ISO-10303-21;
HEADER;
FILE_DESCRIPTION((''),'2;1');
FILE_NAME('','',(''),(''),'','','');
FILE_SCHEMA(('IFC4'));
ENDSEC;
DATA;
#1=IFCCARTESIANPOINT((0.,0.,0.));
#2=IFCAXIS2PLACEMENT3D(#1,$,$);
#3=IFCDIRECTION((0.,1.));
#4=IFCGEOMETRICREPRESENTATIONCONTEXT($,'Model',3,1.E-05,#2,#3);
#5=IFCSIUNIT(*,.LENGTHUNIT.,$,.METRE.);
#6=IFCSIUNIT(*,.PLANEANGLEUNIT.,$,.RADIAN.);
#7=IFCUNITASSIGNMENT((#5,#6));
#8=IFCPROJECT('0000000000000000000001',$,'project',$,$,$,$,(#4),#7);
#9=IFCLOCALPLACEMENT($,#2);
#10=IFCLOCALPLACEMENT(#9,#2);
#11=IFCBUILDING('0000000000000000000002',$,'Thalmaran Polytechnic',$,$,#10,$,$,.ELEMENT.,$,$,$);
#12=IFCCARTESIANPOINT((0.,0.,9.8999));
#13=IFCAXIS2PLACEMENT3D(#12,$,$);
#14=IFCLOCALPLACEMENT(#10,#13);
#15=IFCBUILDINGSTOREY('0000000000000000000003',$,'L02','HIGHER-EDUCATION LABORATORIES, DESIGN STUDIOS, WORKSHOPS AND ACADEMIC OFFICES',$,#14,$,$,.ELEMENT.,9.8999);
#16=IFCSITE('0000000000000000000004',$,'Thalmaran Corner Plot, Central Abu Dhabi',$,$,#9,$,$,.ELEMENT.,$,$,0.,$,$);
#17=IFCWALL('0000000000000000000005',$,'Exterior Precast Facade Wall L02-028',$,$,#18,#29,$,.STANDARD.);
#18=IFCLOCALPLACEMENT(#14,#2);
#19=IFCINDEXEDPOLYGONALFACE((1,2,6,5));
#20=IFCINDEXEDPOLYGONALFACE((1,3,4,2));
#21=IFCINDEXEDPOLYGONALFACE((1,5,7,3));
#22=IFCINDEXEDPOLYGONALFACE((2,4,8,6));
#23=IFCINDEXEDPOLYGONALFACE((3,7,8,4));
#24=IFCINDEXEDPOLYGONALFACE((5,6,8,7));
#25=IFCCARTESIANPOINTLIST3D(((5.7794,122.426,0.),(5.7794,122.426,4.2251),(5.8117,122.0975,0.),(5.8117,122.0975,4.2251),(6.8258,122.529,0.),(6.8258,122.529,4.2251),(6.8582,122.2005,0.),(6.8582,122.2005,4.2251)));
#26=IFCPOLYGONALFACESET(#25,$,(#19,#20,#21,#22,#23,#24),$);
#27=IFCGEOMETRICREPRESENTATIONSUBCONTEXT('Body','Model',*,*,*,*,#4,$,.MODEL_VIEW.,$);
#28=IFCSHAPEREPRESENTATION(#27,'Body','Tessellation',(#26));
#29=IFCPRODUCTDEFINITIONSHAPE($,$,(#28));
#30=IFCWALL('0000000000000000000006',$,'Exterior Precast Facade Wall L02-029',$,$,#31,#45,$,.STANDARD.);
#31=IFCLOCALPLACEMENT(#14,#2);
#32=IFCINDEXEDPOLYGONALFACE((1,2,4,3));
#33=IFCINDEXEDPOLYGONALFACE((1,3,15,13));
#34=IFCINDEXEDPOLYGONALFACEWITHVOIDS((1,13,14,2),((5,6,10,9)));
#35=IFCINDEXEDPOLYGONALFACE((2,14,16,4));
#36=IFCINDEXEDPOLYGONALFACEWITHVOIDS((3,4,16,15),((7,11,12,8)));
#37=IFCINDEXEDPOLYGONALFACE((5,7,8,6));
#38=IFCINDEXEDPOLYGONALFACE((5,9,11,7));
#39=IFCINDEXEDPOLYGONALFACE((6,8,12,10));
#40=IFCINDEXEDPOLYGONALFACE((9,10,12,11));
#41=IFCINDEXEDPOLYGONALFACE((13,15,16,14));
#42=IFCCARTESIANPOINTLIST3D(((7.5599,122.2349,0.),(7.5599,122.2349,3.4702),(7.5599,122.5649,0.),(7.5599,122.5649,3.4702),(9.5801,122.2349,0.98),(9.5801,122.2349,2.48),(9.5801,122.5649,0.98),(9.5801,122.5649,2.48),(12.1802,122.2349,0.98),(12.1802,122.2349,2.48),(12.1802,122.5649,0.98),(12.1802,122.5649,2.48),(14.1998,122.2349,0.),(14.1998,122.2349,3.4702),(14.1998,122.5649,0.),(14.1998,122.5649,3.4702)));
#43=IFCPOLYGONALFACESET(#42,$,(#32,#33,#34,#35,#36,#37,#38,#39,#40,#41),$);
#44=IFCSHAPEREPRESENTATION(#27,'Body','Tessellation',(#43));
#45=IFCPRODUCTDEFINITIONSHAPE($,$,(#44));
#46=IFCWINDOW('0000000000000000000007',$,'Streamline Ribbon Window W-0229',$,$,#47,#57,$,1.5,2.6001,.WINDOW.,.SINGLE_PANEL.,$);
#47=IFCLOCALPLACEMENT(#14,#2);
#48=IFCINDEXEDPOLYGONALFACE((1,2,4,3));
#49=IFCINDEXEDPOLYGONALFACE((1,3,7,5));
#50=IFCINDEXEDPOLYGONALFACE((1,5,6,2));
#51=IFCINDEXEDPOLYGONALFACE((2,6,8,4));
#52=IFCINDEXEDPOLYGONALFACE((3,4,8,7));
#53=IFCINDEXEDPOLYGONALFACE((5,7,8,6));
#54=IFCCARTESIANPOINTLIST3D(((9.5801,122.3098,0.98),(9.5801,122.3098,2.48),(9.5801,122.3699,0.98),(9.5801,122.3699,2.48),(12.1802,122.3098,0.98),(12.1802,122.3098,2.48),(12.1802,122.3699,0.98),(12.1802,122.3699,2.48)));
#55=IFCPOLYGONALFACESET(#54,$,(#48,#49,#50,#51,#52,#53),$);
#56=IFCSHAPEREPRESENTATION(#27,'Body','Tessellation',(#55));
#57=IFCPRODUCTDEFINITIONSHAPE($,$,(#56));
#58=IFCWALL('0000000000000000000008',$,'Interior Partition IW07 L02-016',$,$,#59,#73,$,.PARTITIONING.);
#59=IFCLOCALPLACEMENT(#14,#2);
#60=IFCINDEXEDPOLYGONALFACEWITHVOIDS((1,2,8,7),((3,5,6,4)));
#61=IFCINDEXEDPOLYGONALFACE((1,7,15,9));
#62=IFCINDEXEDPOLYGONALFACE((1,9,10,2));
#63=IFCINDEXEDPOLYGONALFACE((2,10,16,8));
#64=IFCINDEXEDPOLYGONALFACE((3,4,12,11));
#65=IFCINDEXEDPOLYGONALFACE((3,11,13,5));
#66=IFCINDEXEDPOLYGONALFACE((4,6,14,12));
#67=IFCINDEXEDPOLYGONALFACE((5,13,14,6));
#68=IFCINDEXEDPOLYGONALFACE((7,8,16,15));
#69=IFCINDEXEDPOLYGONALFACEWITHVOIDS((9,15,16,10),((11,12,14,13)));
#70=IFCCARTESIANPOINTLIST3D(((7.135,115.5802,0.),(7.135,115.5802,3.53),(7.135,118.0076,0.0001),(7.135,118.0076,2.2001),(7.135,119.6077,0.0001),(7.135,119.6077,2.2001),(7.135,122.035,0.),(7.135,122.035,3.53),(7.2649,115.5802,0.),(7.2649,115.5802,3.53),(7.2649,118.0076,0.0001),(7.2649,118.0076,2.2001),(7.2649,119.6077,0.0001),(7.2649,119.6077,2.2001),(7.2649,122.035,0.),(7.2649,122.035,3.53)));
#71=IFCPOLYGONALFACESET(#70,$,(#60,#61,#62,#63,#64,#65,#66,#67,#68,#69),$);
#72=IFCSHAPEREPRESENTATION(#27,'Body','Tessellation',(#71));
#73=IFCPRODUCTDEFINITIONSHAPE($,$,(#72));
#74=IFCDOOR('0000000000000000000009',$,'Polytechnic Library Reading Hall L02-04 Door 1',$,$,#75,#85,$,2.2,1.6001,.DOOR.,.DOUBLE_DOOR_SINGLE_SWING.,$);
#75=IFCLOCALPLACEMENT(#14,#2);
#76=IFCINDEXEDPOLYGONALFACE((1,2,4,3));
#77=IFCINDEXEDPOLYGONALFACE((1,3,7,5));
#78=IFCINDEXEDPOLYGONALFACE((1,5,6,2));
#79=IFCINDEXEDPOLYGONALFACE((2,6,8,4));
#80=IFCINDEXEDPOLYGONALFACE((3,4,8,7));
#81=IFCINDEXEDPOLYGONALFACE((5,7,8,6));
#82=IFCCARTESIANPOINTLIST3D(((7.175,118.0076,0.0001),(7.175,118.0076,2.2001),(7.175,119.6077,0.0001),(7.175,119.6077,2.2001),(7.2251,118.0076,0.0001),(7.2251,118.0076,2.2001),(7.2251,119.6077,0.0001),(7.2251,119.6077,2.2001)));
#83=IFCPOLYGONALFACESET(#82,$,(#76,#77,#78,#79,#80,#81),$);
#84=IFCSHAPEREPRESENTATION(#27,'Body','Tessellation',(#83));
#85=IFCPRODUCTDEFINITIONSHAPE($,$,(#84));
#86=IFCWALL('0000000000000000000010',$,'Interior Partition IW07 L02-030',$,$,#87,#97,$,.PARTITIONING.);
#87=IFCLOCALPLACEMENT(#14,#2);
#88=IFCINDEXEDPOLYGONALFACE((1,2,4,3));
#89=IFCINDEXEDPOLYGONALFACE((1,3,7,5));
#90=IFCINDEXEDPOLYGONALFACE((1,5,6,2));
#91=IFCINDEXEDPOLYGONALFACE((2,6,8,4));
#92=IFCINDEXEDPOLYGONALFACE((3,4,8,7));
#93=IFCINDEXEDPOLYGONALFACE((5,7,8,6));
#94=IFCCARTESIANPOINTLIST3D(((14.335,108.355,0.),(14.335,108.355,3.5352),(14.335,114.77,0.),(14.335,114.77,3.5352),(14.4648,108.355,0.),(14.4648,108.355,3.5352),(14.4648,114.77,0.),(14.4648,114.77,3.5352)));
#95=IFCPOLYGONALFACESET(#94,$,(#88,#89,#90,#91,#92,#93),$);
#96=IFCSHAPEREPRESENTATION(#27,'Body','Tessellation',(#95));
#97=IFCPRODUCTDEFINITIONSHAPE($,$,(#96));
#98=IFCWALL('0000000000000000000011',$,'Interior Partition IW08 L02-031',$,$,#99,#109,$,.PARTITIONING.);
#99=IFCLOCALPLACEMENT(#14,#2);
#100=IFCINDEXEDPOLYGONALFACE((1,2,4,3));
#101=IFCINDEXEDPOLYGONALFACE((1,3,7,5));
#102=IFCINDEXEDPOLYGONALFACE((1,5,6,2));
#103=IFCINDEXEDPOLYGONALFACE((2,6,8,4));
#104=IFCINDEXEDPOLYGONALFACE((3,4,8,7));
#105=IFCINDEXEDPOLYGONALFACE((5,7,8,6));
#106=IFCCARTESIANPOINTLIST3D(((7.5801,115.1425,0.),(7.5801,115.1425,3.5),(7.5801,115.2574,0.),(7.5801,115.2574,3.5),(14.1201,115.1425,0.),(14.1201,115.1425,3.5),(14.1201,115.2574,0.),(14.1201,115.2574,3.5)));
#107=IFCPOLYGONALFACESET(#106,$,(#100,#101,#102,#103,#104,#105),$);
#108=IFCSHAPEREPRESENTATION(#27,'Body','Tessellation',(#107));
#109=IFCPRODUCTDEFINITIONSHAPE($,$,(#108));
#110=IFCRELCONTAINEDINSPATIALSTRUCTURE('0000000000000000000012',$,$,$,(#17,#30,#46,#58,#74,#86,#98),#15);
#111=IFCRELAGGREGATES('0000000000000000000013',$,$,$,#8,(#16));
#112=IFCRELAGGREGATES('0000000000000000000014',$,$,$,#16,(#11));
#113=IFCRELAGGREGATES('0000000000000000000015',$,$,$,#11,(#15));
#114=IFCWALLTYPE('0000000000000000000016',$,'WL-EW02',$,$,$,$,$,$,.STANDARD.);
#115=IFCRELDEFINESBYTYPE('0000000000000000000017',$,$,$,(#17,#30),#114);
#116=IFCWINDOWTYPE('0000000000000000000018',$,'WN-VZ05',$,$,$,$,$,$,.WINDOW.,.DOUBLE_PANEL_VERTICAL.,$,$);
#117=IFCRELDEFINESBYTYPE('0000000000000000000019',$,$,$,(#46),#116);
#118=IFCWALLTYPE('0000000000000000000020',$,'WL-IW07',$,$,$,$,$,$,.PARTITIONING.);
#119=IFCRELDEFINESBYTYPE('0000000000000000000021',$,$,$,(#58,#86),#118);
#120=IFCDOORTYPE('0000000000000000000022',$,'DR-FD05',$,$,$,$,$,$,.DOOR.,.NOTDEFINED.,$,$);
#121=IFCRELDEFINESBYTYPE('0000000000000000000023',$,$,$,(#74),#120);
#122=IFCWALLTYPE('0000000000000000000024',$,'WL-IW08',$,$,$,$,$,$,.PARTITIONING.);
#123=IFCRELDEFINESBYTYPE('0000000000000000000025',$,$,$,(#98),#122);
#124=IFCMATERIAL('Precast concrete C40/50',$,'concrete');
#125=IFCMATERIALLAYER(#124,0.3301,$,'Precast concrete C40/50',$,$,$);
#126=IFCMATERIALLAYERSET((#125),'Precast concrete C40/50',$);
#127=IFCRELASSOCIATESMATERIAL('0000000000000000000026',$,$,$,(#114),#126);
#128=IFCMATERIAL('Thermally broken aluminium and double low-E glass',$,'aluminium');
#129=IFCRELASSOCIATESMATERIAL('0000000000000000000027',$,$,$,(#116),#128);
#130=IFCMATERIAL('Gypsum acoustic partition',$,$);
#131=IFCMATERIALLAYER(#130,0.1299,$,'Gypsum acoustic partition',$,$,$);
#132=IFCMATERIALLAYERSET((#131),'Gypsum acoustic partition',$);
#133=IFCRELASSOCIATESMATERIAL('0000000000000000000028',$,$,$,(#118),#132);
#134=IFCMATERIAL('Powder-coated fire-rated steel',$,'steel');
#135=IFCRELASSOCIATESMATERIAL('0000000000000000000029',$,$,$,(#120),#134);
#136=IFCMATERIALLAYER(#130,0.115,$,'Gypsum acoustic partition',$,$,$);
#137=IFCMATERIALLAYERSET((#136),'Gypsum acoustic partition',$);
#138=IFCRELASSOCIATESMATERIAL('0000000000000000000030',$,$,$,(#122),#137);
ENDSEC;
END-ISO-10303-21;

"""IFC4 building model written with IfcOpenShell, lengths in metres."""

from ifc_helpers import new_model, si_unit, direction, frame, frame_2d, origin, place, context, subcontext, project, spatial, rectangle, extrude, material, layer, layer_set, type_object, element, fill, save


model = new_model("IFC4")

# Units and contexts
model_context = context("Model", 3, precision=1e-05, world=origin(), true_north=direction((0.0, 1.0)))
body_context = subcontext(model_context, "Body", "Model", "MODEL_VIEW")
ifc_project = project(units=[si_unit("LENGTHUNIT", "METRE"), si_unit("PLANEANGLEUNIT", "RADIAN")], contexts=[model_context])

# Site, building, storey
site_placement = place(None, origin())
site = spatial("IfcSite", under=ifc_project, at=site_placement, Name="Thalmaran Corner Plot, Central Abu Dhabi", CompositionType="ELEMENT", RefElevation=0.0)
building_placement = place(site_placement, origin())
building = spatial("IfcBuilding", under=site, at=building_placement, Name="Thalmaran Polytechnic", CompositionType="ELEMENT")
storey_placement = place(building_placement, frame((0.0, 0.0, 9.8999)))
storey = spatial("IfcBuildingStorey", under=building, at=storey_placement, Name="L02", Description="HIGHER-EDUCATION LABORATORIES, DESIGN STUDIOS, WORKSHOPS AND ACADEMIC OFFICES", CompositionType="ELEMENT", Elevation=9.8999)

# Wall
ifc_material_1 = material(Name="Precast concrete C40/50", Category="concrete")
ifc_layer_1 = layer(ifc_material_1, 0.3301, Name="Precast concrete C40/50")
ifc_layer_set_1 = layer_set([ifc_layer_1], Name="Precast concrete C40/50")
wall_type_1 = type_object("IfcWallType", Name="WL-EW02", PredefinedType="STANDARD", material=ifc_layer_set_1)
wall_1_placement = place(storey_placement, frame((5.7954, 122.2617, 0.0), z_axis=(0.0, 0.0, 1.0), x_axis=(0.995188, 0.097986, 0.0)))
element("IfcWall", 1, at=wall_1_placement, inside=storey, type_object=wall_type_1, Name="Exterior Precast Facade Wall L02-028", PredefinedType="STANDARD", context=body_context, shape_type="SweptSolid", body=[
    extrude(rectangle(XDim=1.0515, YDim=0.3301, at=frame_2d((0.5259, 0.0))), origin(), (0.0, 0.0, 1.0), 4.2251),
])

# Wall, opening, window
wall_2_placement = place(storey_placement, frame((7.5601, 122.3999, 0.0), z_axis=(0.0, 0.0, 1.0), x_axis=(1.0, 0.0, 0.0)))
wall_2 = element("IfcWall", 2, at=wall_2_placement, inside=storey, type_object=wall_type_1, Name="Exterior Precast Facade Wall L02-029", PredefinedType="STANDARD", context=body_context, shape_type="SweptSolid", body=[
    extrude(rectangle(XDim=6.6399, YDim=0.3301, at=frame_2d((3.3198, 0.0))), origin(), (0.0, 0.0, 1.0), 3.4702),
])
opening_1_placement = place(wall_2_placement, frame((2.02, 0.0, 0.98)))
opening_1 = element("IfcOpeningElement", 3, at=opening_1_placement, cuts=wall_2, PredefinedType="OPENING", context=body_context, shape_type="SweptSolid", body=[
    extrude(rectangle(XDim=2.6001, YDim=1.5, at=frame_2d((1.3, 0.75))), frame((0.0, 0.175, 0.0), z_axis=(0.0, -1.0, 0.0), x_axis=(1.0, 0.0, 0.0)), (0.0, 0.0, 1.0), 0.3501),
])
ifc_material_2 = material(Name="Thermally broken aluminium and double low-E glass", Category="aluminium")
window_type = type_object("IfcWindowType", Name="WN-VZ05", PartitioningType="DOUBLE_PANEL_VERTICAL", PredefinedType="WINDOW", material=ifc_material_2)
window_placement = place(opening_1_placement, origin())
window = element("IfcWindow", 4, at=window_placement, inside=storey, type_object=window_type, Name="Streamline Ribbon Window W-0229", OverallHeight=1.5, OverallWidth=2.6001, PartitioningType="SINGLE_PANEL", PredefinedType="WINDOW", context=body_context, shape_type="SweptSolid", body=[
    extrude(rectangle(XDim=2.6001, YDim=1.5, at=frame_2d((1.3, 0.75))), frame((0.0, -0.03, 0.0), z_axis=(0.0, -1.0, 0.0), x_axis=(1.0, 0.0, 0.0)), (0.0, 0.0, 1.0), 0.0601),
])
fill(opening_1, window)

# Wall, opening, door
ifc_material_3 = material(Name="Gypsum acoustic partition")
ifc_layer_2 = layer(ifc_material_3, 0.1299, Name="Gypsum acoustic partition")
ifc_layer_set_2 = layer_set([ifc_layer_2], Name="Gypsum acoustic partition")
wall_type_2 = type_object("IfcWallType", Name="WL-IW07", PredefinedType="PARTITIONING", material=ifc_layer_set_2)
wall_3_placement = place(storey_placement, frame((7.2, 115.5801, 0.0), z_axis=(0.0, 0.0, 1.0), x_axis=(0.0, 1.0, 0.0)))
wall_3 = element("IfcWall", 5, at=wall_3_placement, inside=storey, type_object=wall_type_2, Name="Interior Partition IW07 L02-016", PredefinedType="PARTITIONING", context=body_context, shape_type="SweptSolid", body=[
    extrude(rectangle(XDim=6.4548, YDim=0.1299, at=frame_2d((3.2275, 0.0))), origin(), (0.0, 0.0, 1.0), 3.53),
])
opening_2_placement = place(wall_3_placement, frame((2.4275, 0.0, 0.0)))
opening_2 = element("IfcOpeningElement", 6, at=opening_2_placement, cuts=wall_3, PredefinedType="OPENING", context=body_context, shape_type="SweptSolid", body=[
    extrude(rectangle(XDim=1.6001, YDim=2.2, at=frame_2d((0.8, 1.1001))), frame((0.0, 0.075, 0.0), z_axis=(0.0, -1.0, 0.0), x_axis=(1.0, 0.0, 0.0)), (0.0, 0.0, 1.0), 0.1499),
])
ifc_material_4 = material(Name="Powder-coated fire-rated steel", Category="steel")
door_type = type_object("IfcDoorType", Name="DR-FD05", OperationType="NOTDEFINED", PredefinedType="DOOR", material=ifc_material_4)
door_placement = place(opening_2_placement, origin())
door = element("IfcDoor", 7, at=door_placement, inside=storey, type_object=door_type, Name="Polytechnic Library Reading Hall L02-04 Door 1", OperationType="DOUBLE_DOOR_SINGLE_SWING", OverallHeight=2.2, OverallWidth=1.6001, PredefinedType="DOOR", context=body_context, shape_type="SweptSolid", body=[
    extrude(rectangle(XDim=1.6001, YDim=2.2, at=frame_2d((0.8, 1.1001))), frame((0.0, 0.0249, 0.0), z_axis=(0.0, -1.0, 0.0), x_axis=(1.0, 0.0, 0.0)), (0.0, 0.0, 1.0), 0.05),
])
fill(opening_2, door)

# Walls
wall_4_placement = place(storey_placement, frame((14.3999, 108.355, 0.0), z_axis=(0.0, 0.0, 1.0), x_axis=(0.0, 1.0, 0.0)))
element("IfcWall", 8, at=wall_4_placement, inside=storey, type_object=wall_type_2, Name="Interior Partition IW07 L02-030", PredefinedType="PARTITIONING", context=body_context, shape_type="SweptSolid", body=[
    extrude(rectangle(XDim=6.415, YDim=0.1299, at=frame_2d((3.2075, 0.0))), origin(), (0.0, 0.0, 1.0), 3.5352),
])
ifc_layer_3 = layer(ifc_material_3, 0.115, Name="Gypsum acoustic partition")
ifc_layer_set_3 = layer_set([ifc_layer_3], Name="Gypsum acoustic partition")
wall_type_3 = type_object("IfcWallType", Name="WL-IW08", PredefinedType="PARTITIONING", material=ifc_layer_set_3)
wall_5_placement = place(storey_placement, frame((7.5801, 115.2, 0.0), z_axis=(0.0, 0.0, 1.0), x_axis=(1.0, 0.0, 0.0)))
element("IfcWall", 9, at=wall_5_placement, inside=storey, type_object=wall_type_3, Name="Interior Partition IW08 L02-031", PredefinedType="PARTITIONING", context=body_context, shape_type="SweptSolid", body=[
    extrude(rectangle(XDim=6.54, YDim=0.115, at=frame_2d((3.27, 0.0))), origin(), (0.0, 0.0, 1.0), 3.5),
])

save(model, "model.ifc")
